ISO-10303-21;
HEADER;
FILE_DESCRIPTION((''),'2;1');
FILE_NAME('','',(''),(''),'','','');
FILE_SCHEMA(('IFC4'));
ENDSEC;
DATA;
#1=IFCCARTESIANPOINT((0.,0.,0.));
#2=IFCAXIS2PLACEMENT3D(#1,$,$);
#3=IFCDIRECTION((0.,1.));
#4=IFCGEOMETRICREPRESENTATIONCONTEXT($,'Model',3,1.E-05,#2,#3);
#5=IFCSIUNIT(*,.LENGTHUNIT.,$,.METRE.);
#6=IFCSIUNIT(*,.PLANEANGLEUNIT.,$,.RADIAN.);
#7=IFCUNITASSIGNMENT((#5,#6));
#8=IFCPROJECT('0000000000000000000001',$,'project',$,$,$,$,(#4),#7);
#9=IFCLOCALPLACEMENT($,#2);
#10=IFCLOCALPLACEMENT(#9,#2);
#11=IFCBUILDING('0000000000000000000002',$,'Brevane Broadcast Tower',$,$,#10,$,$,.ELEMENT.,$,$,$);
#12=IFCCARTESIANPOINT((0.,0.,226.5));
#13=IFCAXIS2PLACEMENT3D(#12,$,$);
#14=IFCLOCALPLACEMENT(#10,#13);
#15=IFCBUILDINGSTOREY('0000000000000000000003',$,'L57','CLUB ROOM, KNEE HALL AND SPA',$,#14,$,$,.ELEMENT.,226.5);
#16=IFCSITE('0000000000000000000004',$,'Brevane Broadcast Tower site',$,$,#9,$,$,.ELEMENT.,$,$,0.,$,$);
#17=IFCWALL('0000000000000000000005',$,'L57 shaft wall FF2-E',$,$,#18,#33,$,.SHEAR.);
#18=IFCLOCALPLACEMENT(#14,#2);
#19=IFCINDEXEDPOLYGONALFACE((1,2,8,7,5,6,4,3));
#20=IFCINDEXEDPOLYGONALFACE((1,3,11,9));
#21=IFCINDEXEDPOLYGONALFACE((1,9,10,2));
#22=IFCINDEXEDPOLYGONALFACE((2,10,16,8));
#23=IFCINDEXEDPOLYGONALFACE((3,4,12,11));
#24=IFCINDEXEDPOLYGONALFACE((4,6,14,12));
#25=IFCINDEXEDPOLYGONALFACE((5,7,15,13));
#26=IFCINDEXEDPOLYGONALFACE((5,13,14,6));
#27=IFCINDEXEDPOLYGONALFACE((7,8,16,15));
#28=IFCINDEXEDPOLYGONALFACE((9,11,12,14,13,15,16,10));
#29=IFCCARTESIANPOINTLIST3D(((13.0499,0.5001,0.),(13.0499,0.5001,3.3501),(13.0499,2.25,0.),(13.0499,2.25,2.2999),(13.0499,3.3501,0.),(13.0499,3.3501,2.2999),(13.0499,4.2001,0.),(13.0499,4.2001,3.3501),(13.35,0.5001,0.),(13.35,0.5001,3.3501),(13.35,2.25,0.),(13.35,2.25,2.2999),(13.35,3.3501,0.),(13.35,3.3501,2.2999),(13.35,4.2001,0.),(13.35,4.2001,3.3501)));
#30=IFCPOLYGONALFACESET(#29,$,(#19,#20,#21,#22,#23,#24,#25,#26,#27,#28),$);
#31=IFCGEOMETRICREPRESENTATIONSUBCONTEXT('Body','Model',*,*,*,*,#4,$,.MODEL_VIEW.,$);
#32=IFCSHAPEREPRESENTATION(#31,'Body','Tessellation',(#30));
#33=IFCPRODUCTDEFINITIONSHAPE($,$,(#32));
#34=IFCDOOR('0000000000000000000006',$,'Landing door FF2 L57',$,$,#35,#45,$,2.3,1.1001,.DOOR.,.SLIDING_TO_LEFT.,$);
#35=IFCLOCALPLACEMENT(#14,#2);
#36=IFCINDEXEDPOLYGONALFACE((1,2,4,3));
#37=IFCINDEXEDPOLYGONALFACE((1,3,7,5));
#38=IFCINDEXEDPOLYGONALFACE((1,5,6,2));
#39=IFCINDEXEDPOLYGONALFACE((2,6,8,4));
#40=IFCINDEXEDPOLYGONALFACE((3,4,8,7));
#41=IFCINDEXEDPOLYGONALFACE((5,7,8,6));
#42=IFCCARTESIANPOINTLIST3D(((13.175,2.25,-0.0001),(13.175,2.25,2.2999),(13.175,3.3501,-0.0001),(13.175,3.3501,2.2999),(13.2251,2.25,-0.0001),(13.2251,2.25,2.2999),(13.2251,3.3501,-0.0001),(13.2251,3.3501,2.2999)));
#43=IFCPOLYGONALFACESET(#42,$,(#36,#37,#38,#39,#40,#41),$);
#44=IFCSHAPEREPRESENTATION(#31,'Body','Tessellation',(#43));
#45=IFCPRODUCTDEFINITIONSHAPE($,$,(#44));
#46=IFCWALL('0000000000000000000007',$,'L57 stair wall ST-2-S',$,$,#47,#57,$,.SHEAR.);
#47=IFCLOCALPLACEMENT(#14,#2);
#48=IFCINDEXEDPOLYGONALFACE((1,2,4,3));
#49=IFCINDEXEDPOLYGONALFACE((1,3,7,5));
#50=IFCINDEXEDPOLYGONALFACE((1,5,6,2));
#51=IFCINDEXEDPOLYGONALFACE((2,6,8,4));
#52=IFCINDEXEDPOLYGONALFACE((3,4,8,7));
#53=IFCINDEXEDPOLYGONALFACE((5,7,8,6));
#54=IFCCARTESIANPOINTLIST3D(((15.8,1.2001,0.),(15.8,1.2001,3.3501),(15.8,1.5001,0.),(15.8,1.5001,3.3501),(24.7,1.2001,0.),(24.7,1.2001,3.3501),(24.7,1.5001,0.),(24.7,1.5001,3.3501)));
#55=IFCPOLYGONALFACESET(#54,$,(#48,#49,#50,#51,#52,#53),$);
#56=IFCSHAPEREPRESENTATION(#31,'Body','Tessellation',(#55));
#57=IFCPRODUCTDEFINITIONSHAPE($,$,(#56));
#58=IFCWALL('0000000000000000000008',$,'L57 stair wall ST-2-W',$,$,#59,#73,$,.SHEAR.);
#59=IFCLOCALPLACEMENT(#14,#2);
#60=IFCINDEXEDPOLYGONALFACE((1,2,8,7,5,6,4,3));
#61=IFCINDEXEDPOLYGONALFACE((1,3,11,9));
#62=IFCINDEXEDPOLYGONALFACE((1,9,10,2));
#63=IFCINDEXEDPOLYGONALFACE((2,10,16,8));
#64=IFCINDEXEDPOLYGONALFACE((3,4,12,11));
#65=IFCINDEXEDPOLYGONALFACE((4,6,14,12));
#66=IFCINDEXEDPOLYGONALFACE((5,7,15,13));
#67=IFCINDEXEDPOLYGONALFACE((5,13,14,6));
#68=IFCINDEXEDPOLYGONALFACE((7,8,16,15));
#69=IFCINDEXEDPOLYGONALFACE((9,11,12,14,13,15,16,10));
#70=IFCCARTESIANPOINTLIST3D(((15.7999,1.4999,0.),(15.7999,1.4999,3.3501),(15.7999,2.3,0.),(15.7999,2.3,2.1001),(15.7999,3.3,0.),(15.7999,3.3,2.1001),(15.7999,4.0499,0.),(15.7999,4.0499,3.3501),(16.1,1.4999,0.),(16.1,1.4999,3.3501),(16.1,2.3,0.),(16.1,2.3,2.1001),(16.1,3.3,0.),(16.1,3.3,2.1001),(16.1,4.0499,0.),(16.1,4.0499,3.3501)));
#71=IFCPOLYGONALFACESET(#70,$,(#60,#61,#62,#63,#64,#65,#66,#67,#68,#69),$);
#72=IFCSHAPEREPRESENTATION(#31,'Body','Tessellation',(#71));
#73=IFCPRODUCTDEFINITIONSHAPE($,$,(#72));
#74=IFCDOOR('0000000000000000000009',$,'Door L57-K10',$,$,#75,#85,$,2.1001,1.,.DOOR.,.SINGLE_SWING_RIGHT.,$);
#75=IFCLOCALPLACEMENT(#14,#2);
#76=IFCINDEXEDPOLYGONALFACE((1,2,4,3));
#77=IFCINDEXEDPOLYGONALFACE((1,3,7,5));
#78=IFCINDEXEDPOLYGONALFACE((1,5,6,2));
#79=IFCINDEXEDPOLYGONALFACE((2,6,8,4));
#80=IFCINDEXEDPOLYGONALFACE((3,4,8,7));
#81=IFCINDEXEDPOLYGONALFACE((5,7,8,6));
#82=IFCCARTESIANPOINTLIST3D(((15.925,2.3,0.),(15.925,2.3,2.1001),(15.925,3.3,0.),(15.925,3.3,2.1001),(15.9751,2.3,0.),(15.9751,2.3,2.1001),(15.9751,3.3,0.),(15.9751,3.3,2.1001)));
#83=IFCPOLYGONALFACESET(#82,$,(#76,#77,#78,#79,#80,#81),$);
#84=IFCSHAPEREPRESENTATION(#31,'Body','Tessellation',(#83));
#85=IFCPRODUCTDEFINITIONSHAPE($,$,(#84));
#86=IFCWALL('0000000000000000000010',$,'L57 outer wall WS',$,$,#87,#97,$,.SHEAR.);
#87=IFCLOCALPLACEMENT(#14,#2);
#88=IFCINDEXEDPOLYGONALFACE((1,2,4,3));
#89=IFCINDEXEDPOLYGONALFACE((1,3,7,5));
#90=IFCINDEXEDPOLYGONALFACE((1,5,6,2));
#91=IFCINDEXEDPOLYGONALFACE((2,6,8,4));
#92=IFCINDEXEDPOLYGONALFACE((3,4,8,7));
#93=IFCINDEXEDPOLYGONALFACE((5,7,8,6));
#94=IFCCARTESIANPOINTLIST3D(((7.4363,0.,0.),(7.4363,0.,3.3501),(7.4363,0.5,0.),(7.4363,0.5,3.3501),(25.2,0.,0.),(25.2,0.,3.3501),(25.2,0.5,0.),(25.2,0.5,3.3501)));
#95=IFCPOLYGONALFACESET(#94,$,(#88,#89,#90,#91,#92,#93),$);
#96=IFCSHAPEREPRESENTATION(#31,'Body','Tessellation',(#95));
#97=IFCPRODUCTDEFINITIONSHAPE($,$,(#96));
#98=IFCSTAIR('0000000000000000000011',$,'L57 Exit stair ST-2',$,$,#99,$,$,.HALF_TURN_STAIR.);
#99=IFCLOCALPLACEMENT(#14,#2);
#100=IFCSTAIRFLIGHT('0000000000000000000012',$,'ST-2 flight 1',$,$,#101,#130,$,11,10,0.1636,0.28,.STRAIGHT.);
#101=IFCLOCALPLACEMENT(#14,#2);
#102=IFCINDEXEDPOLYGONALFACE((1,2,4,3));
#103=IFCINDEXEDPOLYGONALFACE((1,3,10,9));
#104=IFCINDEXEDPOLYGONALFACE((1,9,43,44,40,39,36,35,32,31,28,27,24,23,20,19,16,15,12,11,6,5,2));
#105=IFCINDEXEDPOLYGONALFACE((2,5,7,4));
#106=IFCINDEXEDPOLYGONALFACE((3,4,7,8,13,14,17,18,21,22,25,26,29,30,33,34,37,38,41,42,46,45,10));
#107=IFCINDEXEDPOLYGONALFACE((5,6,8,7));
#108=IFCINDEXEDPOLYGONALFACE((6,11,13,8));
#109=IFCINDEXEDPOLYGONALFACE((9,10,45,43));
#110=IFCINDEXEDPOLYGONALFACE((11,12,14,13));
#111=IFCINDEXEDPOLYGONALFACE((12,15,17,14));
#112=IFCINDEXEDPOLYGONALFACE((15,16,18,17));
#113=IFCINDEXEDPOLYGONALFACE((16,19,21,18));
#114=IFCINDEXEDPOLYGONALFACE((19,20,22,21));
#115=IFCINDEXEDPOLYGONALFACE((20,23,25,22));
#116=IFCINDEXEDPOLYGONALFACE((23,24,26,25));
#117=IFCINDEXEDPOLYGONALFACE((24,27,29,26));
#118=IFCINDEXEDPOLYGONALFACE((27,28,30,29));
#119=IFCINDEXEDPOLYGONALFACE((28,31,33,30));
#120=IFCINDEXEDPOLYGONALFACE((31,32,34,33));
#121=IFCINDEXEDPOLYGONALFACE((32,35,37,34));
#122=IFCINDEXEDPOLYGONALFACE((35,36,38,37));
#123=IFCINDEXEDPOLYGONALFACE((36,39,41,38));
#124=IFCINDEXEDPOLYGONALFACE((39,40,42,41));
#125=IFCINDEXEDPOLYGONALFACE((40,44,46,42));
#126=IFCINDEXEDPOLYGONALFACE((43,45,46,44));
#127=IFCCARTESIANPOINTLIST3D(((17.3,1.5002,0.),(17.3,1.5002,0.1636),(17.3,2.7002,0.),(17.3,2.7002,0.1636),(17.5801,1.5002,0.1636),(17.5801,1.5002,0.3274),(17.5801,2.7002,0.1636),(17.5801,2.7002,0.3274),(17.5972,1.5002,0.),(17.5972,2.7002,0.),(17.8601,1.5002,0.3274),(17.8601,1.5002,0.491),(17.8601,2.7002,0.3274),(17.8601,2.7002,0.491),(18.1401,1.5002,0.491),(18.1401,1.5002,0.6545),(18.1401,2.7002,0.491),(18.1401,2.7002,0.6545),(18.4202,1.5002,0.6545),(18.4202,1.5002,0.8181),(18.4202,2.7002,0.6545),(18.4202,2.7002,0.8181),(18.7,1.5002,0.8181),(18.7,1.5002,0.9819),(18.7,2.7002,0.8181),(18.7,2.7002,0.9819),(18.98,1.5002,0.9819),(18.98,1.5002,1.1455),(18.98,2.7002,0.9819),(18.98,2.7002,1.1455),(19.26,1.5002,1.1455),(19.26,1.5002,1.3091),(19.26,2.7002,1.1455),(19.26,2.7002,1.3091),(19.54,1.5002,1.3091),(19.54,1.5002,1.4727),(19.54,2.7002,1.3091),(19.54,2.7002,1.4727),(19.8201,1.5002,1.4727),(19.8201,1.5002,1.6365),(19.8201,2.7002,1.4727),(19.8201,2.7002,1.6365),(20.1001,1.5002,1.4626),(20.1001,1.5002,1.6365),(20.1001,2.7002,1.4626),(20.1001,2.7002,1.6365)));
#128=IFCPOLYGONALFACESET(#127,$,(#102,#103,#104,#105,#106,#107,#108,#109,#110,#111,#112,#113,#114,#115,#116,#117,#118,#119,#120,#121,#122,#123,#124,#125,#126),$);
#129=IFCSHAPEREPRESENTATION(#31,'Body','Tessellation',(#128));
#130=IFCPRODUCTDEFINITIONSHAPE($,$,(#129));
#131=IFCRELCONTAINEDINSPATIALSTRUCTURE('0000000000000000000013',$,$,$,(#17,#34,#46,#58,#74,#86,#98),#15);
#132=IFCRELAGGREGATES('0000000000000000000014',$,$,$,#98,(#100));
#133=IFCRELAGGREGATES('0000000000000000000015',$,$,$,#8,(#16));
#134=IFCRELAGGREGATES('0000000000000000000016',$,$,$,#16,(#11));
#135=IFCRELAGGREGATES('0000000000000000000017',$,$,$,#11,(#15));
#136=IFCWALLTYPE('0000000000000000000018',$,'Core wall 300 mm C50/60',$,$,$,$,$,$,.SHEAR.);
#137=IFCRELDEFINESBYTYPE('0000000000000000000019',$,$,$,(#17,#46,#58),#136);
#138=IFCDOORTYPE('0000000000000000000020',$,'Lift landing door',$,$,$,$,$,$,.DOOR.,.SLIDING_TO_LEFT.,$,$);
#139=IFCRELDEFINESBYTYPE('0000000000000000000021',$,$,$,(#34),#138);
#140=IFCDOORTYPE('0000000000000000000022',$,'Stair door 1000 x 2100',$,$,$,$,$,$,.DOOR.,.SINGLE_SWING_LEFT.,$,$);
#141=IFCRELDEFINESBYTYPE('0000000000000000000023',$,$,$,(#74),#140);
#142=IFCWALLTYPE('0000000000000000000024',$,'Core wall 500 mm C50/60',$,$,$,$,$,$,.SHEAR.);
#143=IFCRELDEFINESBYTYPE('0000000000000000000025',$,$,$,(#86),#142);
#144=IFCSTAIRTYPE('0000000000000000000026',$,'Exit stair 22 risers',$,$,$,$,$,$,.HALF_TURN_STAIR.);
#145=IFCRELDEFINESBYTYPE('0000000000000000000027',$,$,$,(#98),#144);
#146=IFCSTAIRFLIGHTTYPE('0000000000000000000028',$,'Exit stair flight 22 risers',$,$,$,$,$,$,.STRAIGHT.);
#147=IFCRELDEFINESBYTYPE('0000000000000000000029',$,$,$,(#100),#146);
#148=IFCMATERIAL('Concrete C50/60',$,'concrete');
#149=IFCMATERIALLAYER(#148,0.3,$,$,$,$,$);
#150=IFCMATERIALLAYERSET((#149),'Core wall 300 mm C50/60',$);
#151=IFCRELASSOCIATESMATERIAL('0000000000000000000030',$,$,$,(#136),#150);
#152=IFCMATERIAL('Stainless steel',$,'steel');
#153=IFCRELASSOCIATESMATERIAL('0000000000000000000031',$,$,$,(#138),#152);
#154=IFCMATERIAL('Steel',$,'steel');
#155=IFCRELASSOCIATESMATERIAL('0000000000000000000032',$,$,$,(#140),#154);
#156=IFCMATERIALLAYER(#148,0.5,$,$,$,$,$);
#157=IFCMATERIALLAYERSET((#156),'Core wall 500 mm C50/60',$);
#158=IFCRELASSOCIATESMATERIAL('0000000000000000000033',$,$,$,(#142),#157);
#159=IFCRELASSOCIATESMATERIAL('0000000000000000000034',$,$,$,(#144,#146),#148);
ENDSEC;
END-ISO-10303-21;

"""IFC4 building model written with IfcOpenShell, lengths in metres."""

from ifc_helpers import new_model, si_unit, direction, frame, frame_2d, origin, place, context, subcontext, project, spatial, polyline, rectangle, outline, extrude, material, layer, layer_set, type_object, element, fill, aggregate, save


model = new_model("IFC4")

# Units and contexts
model_context = context("Model", 3, precision=1e-05, world=origin(), true_north=direction((0.0, 1.0)))
body_context = subcontext(model_context, "Body", "Model", "MODEL_VIEW")
ifc_project = project(units=[si_unit("LENGTHUNIT", "METRE"), si_unit("PLANEANGLEUNIT", "RADIAN")], contexts=[model_context])

# Site, building, storey
site_placement = place(None, origin())
site = spatial("IfcSite", under=ifc_project, at=site_placement, Name="Brevane Broadcast Tower site", CompositionType="ELEMENT", RefElevation=0.0)
building_placement = place(site_placement, origin())
building = spatial("IfcBuilding", under=site, at=building_placement, Name="Brevane Broadcast Tower", CompositionType="ELEMENT")
storey_placement = place(building_placement, frame((0.0, 0.0, 226.5)))
storey = spatial("IfcBuildingStorey", under=building, at=storey_placement, Name="L57", Description="CLUB ROOM, KNEE HALL AND SPA", CompositionType="ELEMENT", Elevation=226.5)

# Shared definitions
ifc_material_1 = material(Name="Concrete C50/60", Category="concrete")
ifc_layer_1 = layer(ifc_material_1, 0.3)
ifc_layer_set_1 = layer_set([ifc_layer_1], Name="Core wall 300 mm C50/60")
wall_type_1 = type_object("IfcWallType", Name="Core wall 300 mm C50/60", PredefinedType="SHEAR", material=ifc_layer_set_1)

# Wall, opening, door
wall_1_placement = place(storey_placement, frame((13.2, 0.5, 0.0), z_axis=(0.0, 0.0, 1.0), x_axis=(0.0, 1.0, 0.0)))
wall_1 = element("IfcWall", 1, at=wall_1_placement, inside=storey, type_object=wall_type_1, Name="L57 shaft wall FF2-E", PredefinedType="SHEAR", context=body_context, shape_type="SweptSolid", body=[
    extrude(rectangle(XDim=3.7, YDim=0.3, at=frame_2d((1.8501, 0.0))), origin(), (0.0, 0.0, 1.0), 3.3501),
])
opening_1_placement = place(wall_1_placement, frame((1.75, 0.0, 0.0)))
opening_1 = element("IfcOpeningElement", 2, at=opening_1_placement, cuts=wall_1, PredefinedType="OPENING", context=body_context, shape_type="SweptSolid", body=[
    extrude(rectangle(XDim=1.1001, YDim=2.3, at=frame_2d((0.55, 1.1499))), frame((0.0, 0.1599, 0.0), z_axis=(0.0, -1.0, 0.0), x_axis=(1.0, 0.0, 0.0)), (0.0, 0.0, 1.0), 0.3201),
])
ifc_material_2 = material(Name="Stainless steel", Category="steel")
door_type_1 = type_object("IfcDoorType", Name="Lift landing door", OperationType="SLIDING_TO_LEFT", PredefinedType="DOOR", material=ifc_material_2)
door_1_placement = place(opening_1_placement, origin())
door_1 = element("IfcDoor", 3, at=door_1_placement, inside=storey, type_object=door_type_1, Name="Landing door FF2 L57", OperationType="SLIDING_TO_LEFT", OverallHeight=2.3, OverallWidth=1.1001, PredefinedType="DOOR", context=body_context, shape_type="SweptSolid", body=[
    extrude(rectangle(XDim=1.1001, YDim=2.3, at=frame_2d((0.55, 1.1499))), frame((0.0, 0.0249, 0.0), z_axis=(0.0, -1.0, 0.0), x_axis=(1.0, 0.0, 0.0)), (0.0, 0.0, 1.0), 0.05),
])
fill(opening_1, door_1)

# Wall
wall_2_placement = place(storey_placement, frame((15.8, 1.3501, 0.0), z_axis=(0.0, 0.0, 1.0), x_axis=(1.0, 0.0, 0.0)))
element("IfcWall", 4, at=wall_2_placement, inside=storey, type_object=wall_type_1, Name="L57 stair wall ST-2-S", PredefinedType="SHEAR", context=body_context, shape_type="SweptSolid", body=[
    extrude(rectangle(XDim=8.8999, YDim=0.3, at=frame_2d((4.45, 0.0))), origin(), (0.0, 0.0, 1.0), 3.3501),
])

# Wall, opening, door
wall_3_placement = place(storey_placement, frame((15.95, 1.5, 0.0), z_axis=(0.0, 0.0, 1.0), x_axis=(0.0, 1.0, 0.0)))
wall_3 = element("IfcWall", 5, at=wall_3_placement, inside=storey, type_object=wall_type_1, Name="L57 stair wall ST-2-W", PredefinedType="SHEAR", context=body_context, shape_type="SweptSolid", body=[
    extrude(rectangle(XDim=2.55, YDim=0.3, at=frame_2d((1.2749, 0.0))), origin(), (0.0, 0.0, 1.0), 3.3501),
])
opening_2_placement = place(wall_3_placement, frame((0.8, 0.0, 0.0)))
opening_2 = element("IfcOpeningElement", 6, at=opening_2_placement, cuts=wall_3, PredefinedType="OPENING", context=body_context, shape_type="SweptSolid", body=[
    extrude(rectangle(XDim=1.0, YDim=2.1001, at=frame_2d((0.5, 1.05))), frame((0.0, 0.1599, 0.0), z_axis=(0.0, -1.0, 0.0), x_axis=(1.0, 0.0, 0.0)), (0.0, 0.0, 1.0), 0.3201),
])
ifc_material_3 = material(Name="Steel", Category="steel")
door_type_2 = type_object("IfcDoorType", Name="Stair door 1000 x 2100", OperationType="SINGLE_SWING_LEFT", PredefinedType="DOOR", material=ifc_material_3)
door_2_placement = place(opening_2_placement, origin())
door_2 = element("IfcDoor", 7, at=door_2_placement, inside=storey, type_object=door_type_2, Name="Door L57-K10", OperationType="SINGLE_SWING_RIGHT", OverallHeight=2.1001, OverallWidth=1.0, PredefinedType="DOOR", context=body_context, shape_type="SweptSolid", body=[
    extrude(rectangle(XDim=1.0, YDim=2.1001, at=frame_2d((0.5, 1.05))), frame((0.0, 0.0249, 0.0), z_axis=(0.0, -1.0, 0.0), x_axis=(1.0, 0.0, 0.0)), (0.0, 0.0, 1.0), 0.05),
])
fill(opening_2, door_2)

# Wall
ifc_layer_2 = layer(ifc_material_1, 0.5)
ifc_layer_set_2 = layer_set([ifc_layer_2], Name="Core wall 500 mm C50/60")
wall_type_2 = type_object("IfcWallType", Name="Core wall 500 mm C50/60", PredefinedType="SHEAR", material=ifc_layer_set_2)
wall_4_placement = place(storey_placement, frame((7.4363, 0.25, 0.0), z_axis=(0.0, 0.0, 1.0), x_axis=(1.0, 0.0, 0.0)))
element("IfcWall", 8, at=wall_4_placement, inside=storey, type_object=wall_type_2, Name="L57 outer wall WS", PredefinedType="SHEAR", context=body_context, shape_type="SweptSolid", body=[
    extrude(rectangle(XDim=17.7637, YDim=0.5, at=frame_2d((8.8818, 0.0))), origin(), (0.0, 0.0, 1.0), 3.3501),
])

# Stair, stair flight
stair_type = type_object("IfcStairType", Name="Exit stair 22 risers", PredefinedType="HALF_TURN_STAIR", material=ifc_material_1)
stair_placement = place(storey_placement, origin())
stair = element("IfcStair", 9, at=stair_placement, inside=storey, type_object=stair_type, Name="L57 Exit stair ST-2", PredefinedType="HALF_TURN_STAIR")
stair_flight_type = type_object("IfcStairFlightType", Name="Exit stair flight 22 risers", PredefinedType="STRAIGHT", material=ifc_material_1)
stair_flight_placement = place(storey_placement, frame((17.3, 2.1001, 0.0), z_axis=(0.0, 0.0, 1.0), x_axis=(1.0, 0.0, 0.0)))
stair_flight = element("IfcStairFlight", 10, at=stair_flight_placement, type_object=stair_flight_type, Name="ST-2 flight 1", NumberOfRisers=11, NumberOfTreads=10, PredefinedType="STRAIGHT", RiserHeight=0.1636, TreadLength=0.28, context=body_context, shape_type="SweptSolid", body=[
    extrude(outline(polyline([(0.0, 0.0), (0.0, 0.1636), (0.28, 0.1636), (0.28, 0.3274), (0.5601, 0.3274), (0.5601, 0.491), (0.8401, 0.491), (0.8401, 0.6545), (1.1201, 0.6545), (1.1201, 0.8181), (1.3999, 0.8181), (1.3999, 0.9819), (1.6799, 0.9819), (1.6799, 1.1455), (1.96, 1.1455), (1.96, 1.3091), (2.24, 1.3091), (2.24, 1.4727), (2.52, 1.4727), (2.52, 1.6365), (2.8, 1.6365), (2.8, 1.8), (2.8, 1.4626), (0.2971, 0.0), (0.0, 0.0)])), frame((0.0, 0.6001, 0.0), z_axis=(0.0, -1.0, 0.0), x_axis=(1.0, 0.0, 0.0)), (0.0, 0.0, 1.0), 1.2),
])
aggregate(stair, [stair_flight])

save(model, "model.ifc")
